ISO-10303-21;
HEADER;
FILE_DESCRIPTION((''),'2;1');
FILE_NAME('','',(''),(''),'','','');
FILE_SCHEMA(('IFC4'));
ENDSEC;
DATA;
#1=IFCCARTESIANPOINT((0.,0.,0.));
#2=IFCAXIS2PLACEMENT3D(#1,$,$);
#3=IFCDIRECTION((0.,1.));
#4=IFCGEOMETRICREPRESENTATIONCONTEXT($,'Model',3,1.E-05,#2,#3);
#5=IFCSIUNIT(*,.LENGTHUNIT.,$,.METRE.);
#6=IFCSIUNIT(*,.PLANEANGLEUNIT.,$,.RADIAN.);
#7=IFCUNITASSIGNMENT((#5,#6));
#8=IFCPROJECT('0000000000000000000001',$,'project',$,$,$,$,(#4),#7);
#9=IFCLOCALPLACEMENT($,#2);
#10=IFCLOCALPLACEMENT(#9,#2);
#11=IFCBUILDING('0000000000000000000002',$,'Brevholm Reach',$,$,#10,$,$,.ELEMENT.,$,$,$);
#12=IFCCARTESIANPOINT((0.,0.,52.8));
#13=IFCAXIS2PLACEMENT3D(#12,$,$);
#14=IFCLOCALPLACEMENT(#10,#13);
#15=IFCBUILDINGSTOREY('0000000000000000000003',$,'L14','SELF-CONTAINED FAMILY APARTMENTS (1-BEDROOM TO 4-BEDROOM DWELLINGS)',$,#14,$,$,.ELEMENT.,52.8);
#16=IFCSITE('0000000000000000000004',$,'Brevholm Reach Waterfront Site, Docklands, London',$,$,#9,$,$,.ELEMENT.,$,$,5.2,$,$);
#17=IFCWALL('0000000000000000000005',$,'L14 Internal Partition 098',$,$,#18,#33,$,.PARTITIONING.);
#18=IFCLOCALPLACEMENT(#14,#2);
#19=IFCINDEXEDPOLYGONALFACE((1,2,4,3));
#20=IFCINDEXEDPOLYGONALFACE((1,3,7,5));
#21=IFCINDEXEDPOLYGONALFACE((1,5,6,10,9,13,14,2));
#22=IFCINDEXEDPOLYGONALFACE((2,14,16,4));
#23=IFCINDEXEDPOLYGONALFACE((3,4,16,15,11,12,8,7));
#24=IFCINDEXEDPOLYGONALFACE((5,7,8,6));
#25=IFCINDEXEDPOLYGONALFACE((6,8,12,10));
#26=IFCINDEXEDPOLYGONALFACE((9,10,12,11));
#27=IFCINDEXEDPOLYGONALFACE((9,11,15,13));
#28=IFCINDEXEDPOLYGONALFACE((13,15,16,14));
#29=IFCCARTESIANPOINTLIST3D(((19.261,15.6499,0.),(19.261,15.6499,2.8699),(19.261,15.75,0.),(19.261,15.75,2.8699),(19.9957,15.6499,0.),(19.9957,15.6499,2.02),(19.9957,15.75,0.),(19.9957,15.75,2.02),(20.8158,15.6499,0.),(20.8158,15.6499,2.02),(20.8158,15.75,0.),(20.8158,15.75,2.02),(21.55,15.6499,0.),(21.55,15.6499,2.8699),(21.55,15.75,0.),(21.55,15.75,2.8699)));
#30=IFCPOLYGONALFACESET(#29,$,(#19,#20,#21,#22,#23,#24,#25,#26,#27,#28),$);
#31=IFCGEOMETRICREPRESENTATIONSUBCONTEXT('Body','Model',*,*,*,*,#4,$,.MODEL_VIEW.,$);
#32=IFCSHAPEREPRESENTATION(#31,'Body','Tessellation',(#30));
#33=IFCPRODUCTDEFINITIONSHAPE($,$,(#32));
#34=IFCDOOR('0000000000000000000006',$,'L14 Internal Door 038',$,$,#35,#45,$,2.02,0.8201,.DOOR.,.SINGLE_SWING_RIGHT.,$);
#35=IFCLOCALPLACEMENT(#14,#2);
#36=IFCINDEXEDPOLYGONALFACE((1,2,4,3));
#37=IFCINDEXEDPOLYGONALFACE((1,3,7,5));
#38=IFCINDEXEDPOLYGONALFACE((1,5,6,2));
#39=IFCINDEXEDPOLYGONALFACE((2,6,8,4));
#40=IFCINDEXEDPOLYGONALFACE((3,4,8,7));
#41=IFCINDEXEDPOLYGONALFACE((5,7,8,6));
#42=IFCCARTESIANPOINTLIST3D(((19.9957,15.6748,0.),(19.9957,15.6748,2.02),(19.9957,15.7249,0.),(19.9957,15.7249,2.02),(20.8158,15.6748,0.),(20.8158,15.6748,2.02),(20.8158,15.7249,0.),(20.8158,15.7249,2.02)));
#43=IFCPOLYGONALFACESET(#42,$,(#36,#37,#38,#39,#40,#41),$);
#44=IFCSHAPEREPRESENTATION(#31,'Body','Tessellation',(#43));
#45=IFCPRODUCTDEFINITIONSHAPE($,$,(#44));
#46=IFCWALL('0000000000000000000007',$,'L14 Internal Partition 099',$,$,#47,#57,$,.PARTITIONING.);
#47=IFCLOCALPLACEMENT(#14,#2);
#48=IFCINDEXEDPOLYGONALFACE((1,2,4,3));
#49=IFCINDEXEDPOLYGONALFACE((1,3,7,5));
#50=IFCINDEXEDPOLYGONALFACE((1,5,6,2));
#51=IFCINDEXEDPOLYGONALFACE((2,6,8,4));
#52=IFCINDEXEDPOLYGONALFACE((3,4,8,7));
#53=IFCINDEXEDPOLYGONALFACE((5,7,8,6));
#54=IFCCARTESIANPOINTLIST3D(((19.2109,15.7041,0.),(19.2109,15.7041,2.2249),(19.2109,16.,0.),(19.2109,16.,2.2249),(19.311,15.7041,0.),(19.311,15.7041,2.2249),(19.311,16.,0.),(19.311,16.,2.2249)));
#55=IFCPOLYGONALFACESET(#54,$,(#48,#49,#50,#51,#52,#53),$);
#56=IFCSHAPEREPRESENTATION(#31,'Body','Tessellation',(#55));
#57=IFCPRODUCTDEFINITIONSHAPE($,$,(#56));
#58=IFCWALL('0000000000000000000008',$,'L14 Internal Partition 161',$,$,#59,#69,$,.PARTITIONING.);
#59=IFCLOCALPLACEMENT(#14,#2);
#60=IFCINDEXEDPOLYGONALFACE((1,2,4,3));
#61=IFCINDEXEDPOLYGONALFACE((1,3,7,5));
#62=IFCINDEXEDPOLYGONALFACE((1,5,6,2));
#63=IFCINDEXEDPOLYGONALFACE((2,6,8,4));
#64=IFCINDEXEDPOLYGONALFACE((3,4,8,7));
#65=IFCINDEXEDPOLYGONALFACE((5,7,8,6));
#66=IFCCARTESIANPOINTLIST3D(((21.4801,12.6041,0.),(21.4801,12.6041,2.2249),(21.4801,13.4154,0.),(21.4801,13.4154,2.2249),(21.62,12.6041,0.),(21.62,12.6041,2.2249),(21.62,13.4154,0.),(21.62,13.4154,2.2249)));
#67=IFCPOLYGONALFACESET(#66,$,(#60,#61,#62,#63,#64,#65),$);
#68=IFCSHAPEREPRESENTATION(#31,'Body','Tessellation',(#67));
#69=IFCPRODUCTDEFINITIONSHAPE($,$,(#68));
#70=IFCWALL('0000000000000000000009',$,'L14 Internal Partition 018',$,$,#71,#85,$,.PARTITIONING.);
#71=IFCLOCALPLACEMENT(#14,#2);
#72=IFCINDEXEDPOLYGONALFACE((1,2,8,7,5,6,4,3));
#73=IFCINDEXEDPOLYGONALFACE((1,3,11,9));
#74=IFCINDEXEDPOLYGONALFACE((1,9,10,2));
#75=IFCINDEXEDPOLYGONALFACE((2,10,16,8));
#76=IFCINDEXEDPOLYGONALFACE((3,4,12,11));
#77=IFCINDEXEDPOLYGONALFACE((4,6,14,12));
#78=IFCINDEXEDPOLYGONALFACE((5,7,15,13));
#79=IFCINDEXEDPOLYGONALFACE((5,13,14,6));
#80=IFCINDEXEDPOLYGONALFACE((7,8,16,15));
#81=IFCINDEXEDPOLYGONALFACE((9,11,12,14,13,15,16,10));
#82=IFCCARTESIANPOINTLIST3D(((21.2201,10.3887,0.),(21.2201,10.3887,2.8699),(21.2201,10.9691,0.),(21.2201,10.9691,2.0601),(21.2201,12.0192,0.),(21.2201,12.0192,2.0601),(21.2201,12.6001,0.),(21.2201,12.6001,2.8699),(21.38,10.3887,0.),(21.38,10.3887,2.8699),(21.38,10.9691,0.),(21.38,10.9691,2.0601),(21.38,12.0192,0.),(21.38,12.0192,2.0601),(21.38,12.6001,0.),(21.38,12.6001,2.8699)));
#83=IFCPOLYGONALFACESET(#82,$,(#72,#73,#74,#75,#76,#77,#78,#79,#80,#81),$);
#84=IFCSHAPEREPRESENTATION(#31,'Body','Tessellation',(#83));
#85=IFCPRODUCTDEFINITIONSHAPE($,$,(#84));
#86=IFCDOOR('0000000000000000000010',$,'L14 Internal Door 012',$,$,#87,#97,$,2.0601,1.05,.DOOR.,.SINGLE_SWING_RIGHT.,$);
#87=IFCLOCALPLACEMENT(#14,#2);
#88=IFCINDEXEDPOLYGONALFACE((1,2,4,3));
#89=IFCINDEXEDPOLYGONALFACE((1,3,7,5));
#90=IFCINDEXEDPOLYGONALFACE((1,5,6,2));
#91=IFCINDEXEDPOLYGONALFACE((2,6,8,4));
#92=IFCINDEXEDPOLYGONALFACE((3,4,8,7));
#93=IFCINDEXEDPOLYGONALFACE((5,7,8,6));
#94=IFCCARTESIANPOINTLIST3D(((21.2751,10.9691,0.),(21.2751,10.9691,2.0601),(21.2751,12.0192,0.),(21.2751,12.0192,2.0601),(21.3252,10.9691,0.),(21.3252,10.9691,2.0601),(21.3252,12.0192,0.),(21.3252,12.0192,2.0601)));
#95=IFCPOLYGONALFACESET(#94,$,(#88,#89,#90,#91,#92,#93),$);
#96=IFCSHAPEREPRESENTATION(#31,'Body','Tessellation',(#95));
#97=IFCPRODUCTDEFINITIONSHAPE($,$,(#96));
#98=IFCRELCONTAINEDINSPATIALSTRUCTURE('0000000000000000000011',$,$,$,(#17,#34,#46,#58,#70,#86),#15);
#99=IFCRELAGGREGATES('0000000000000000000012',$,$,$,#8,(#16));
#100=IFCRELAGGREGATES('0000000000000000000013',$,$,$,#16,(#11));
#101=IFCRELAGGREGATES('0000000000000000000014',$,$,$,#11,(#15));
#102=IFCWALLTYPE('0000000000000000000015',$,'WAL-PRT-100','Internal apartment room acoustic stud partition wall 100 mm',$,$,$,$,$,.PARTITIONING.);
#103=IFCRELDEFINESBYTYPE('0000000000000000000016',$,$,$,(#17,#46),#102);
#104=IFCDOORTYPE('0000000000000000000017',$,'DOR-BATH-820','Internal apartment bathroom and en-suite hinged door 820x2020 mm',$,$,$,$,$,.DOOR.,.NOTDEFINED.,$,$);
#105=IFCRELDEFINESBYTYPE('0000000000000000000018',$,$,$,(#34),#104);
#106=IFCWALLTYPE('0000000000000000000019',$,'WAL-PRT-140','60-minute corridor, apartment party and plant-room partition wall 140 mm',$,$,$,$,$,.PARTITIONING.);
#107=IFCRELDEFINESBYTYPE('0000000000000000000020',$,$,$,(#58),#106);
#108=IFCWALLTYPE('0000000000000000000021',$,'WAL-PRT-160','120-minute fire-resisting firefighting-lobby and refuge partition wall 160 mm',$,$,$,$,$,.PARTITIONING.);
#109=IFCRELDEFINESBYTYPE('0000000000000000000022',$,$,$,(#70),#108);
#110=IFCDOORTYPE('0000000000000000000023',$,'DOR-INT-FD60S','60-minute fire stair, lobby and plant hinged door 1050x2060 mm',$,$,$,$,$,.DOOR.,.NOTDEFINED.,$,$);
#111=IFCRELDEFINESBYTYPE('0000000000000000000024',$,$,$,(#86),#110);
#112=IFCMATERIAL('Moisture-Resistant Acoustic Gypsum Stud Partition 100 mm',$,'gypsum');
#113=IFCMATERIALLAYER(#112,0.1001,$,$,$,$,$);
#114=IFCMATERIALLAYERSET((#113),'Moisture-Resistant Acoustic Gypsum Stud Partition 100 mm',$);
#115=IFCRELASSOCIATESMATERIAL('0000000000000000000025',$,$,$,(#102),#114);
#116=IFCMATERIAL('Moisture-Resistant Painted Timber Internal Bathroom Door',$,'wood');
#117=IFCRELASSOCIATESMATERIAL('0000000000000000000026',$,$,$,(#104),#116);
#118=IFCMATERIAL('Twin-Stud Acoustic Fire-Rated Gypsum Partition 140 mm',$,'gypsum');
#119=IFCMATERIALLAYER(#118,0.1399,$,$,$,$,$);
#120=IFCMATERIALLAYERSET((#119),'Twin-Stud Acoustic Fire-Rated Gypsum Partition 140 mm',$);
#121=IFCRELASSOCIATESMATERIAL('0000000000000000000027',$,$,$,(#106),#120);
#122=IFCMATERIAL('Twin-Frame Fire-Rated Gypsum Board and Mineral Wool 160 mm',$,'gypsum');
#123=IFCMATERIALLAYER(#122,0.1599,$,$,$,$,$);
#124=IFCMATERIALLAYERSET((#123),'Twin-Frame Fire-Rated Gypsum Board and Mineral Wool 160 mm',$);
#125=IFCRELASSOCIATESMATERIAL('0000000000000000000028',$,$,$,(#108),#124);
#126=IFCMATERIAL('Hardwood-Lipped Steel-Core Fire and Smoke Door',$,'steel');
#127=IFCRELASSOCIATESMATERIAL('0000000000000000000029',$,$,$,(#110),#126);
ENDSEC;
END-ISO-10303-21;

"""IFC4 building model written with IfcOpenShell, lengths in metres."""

from ifc_helpers import new_model, si_unit, direction, frame, frame_2d, origin, place, context, subcontext, project, spatial, rectangle, extrude, material, layer, layer_set, type_object, element, fill, save


model = new_model("IFC4")

# Units and contexts
model_context = context("Model", 3, precision=1e-05, world=origin(), true_north=direction((0.0, 1.0)))
body_context = subcontext(model_context, "Body", "Model", "MODEL_VIEW")
ifc_project = project(units=[si_unit("LENGTHUNIT", "METRE"), si_unit("PLANEANGLEUNIT", "RADIAN")], contexts=[model_context])

# Site, building, storey
site_placement = place(None, origin())
site = spatial("IfcSite", under=ifc_project, at=site_placement, Name="Brevholm Reach Waterfront Site, Docklands, London", CompositionType="ELEMENT", RefElevation=5.2)
building_placement = place(site_placement, origin())
building = spatial("IfcBuilding", under=site, at=building_placement, Name="Brevholm Reach", CompositionType="ELEMENT")
storey_placement = place(building_placement, frame((0.0, 0.0, 52.8)))
storey = spatial("IfcBuildingStorey", under=building, at=storey_placement, Name="L14", Description="SELF-CONTAINED FAMILY APARTMENTS (1-BEDROOM TO 4-BEDROOM DWELLINGS)", CompositionType="ELEMENT", Elevation=52.8)

# Shared definitions
ifc_material_1 = material(Name="Moisture-Resistant Acoustic Gypsum Stud Partition 100 mm", Category="gypsum")
ifc_layer_1 = layer(ifc_material_1, 0.1001)
ifc_layer_set_1 = layer_set([ifc_layer_1], Name="Moisture-Resistant Acoustic Gypsum Stud Partition 100 mm")
wall_type_1 = type_object("IfcWallType", Name="WAL-PRT-100", Description="Internal apartment room acoustic stud partition wall 100 mm", PredefinedType="PARTITIONING", material=ifc_layer_set_1)

# Wall, opening, door
wall_1_placement = place(storey_placement, frame((19.261, 15.7, 0.0), z_axis=(0.0, 0.0, 1.0), x_axis=(1.0, 0.0, 0.0)))
wall_1 = element("IfcWall", 1, at=wall_1_placement, inside=storey, type_object=wall_type_1, Name="L14 Internal Partition 098", PredefinedType="PARTITIONING", context=body_context, shape_type="SweptSolid", body=[
    extrude(rectangle(XDim=2.2891, YDim=0.1001, at=frame_2d((1.1445, 0.0))), origin(), (0.0, 0.0, 1.0), 2.8699),
])
opening_1_placement = place(wall_1_placement, frame((0.7346, 0.0, 0.0)))
opening_1 = element("IfcOpeningElement", 2, at=opening_1_placement, cuts=wall_1, PredefinedType="OPENING", context=body_context, shape_type="SweptSolid", body=[
    extrude(rectangle(XDim=0.8201, YDim=2.02, at=frame_2d((0.4102, 1.01))), frame((0.0, 0.0601, 0.0), z_axis=(0.0, -1.0, 0.0), x_axis=(1.0, 0.0, 0.0)), (0.0, 0.0, 1.0), 0.1201),
])
ifc_material_2 = material(Name="Moisture-Resistant Painted Timber Internal Bathroom Door", Category="wood")
door_type_1 = type_object("IfcDoorType", Name="DOR-BATH-820", Description="Internal apartment bathroom and en-suite hinged door 820x2020 mm", OperationType="NOTDEFINED", PredefinedType="DOOR", material=ifc_material_2)
door_1_placement = place(opening_1_placement, origin())
door_1 = element("IfcDoor", 3, at=door_1_placement, inside=storey, type_object=door_type_1, Name="L14 Internal Door 038", OperationType="SINGLE_SWING_RIGHT", OverallHeight=2.02, OverallWidth=0.8201, PredefinedType="DOOR", context=body_context, shape_type="SweptSolid", body=[
    extrude(rectangle(XDim=0.8201, YDim=2.02, at=frame_2d((0.4102, 1.01))), frame((0.0, 0.0249, 0.0), z_axis=(0.0, -1.0, 0.0), x_axis=(1.0, 0.0, 0.0)), (0.0, 0.0, 1.0), 0.05),
])
fill(opening_1, door_1)

# Walls
wall_2_placement = place(storey_placement, frame((19.261, 15.7041, 0.0), z_axis=(0.0, 0.0, 1.0), x_axis=(0.0, 1.0, 0.0)))
element("IfcWall", 4, at=wall_2_placement, inside=storey, type_object=wall_type_1, Name="L14 Internal Partition 099", PredefinedType="PARTITIONING", context=body_context, shape_type="SweptSolid", body=[
    extrude(rectangle(XDim=0.2959, YDim=0.1001, at=frame_2d((0.1479, 0.0))), origin(), (0.0, 0.0, 1.0), 2.2249),
])
ifc_material_3 = material(Name="Twin-Stud Acoustic Fire-Rated Gypsum Partition 140 mm", Category="gypsum")
ifc_layer_2 = layer(ifc_material_3, 0.1399)
ifc_layer_set_2 = layer_set([ifc_layer_2], Name="Twin-Stud Acoustic Fire-Rated Gypsum Partition 140 mm")
wall_type_2 = type_object("IfcWallType", Name="WAL-PRT-140", Description="60-minute corridor, apartment party and plant-room partition wall 140 mm", PredefinedType="PARTITIONING", material=ifc_layer_set_2)
wall_3_placement = place(storey_placement, frame((21.55, 12.604, 0.0), z_axis=(0.0, 0.0, 1.0), x_axis=(0.0, 1.0, 0.0)))
element("IfcWall", 5, at=wall_3_placement, inside=storey, type_object=wall_type_2, Name="L14 Internal Partition 161", PredefinedType="PARTITIONING", context=body_context, shape_type="SweptSolid", body=[
    extrude(rectangle(XDim=0.8113, YDim=0.1399, at=frame_2d((0.4058, 0.0))), origin(), (0.0, 0.0, 1.0), 2.2249),
])

# Wall, opening, door
ifc_material_4 = material(Name="Twin-Frame Fire-Rated Gypsum Board and Mineral Wool 160 mm", Category="gypsum")
ifc_layer_3 = layer(ifc_material_4, 0.1599)
ifc_layer_set_3 = layer_set([ifc_layer_3], Name="Twin-Frame Fire-Rated Gypsum Board and Mineral Wool 160 mm")
wall_type_3 = type_object("IfcWallType", Name="WAL-PRT-160", Description="120-minute fire-resisting firefighting-lobby and refuge partition wall 160 mm", PredefinedType="PARTITIONING", material=ifc_layer_set_3)
wall_4_placement = place(storey_placement, frame((21.3, 10.3887, 0.0), z_axis=(0.0, 0.0, 1.0), x_axis=(0.0, 1.0, 0.0)))
wall_4 = element("IfcWall", 6, at=wall_4_placement, inside=storey, type_object=wall_type_3, Name="L14 Internal Partition 018", PredefinedType="PARTITIONING", context=body_context, shape_type="SweptSolid", body=[
    extrude(rectangle(XDim=2.2114, YDim=0.1599, at=frame_2d((1.1057, 0.0))), origin(), (0.0, 0.0, 1.0), 2.8699),
])
opening_2_placement = place(wall_4_placement, frame((0.5806, 0.0, 0.0)))
opening_2 = element("IfcOpeningElement", 7, at=opening_2_placement, cuts=wall_4, PredefinedType="OPENING", context=body_context, shape_type="SweptSolid", body=[
    extrude(rectangle(XDim=1.05, YDim=2.0601, at=frame_2d((0.5249, 1.03))), frame((0.0, 0.0898, 0.0), z_axis=(0.0, -1.0, 0.0), x_axis=(1.0, 0.0, 0.0)), (0.0, 0.0, 1.0), 0.1799),
])
ifc_material_5 = material(Name="Hardwood-Lipped Steel-Core Fire and Smoke Door", Category="steel")
door_type_2 = type_object("IfcDoorType", Name="DOR-INT-FD60S", Description="60-minute fire stair, lobby and plant hinged door 1050x2060 mm", OperationType="NOTDEFINED", PredefinedType="DOOR", material=ifc_material_5)
door_2_placement = place(opening_2_placement, origin())
door_2 = element("IfcDoor", 8, at=door_2_placement, inside=storey, type_object=door_type_2, Name="L14 Internal Door 012", OperationType="SINGLE_SWING_RIGHT", OverallHeight=2.0601, OverallWidth=1.05, PredefinedType="DOOR", context=body_context, shape_type="SweptSolid", body=[
    extrude(rectangle(XDim=1.05, YDim=2.0601, at=frame_2d((0.5249, 1.03))), frame((0.0, 0.0249, 0.0), z_axis=(0.0, -1.0, 0.0), x_axis=(1.0, 0.0, 0.0)), (0.0, 0.0, 1.0), 0.05),
])
fill(opening_2, door_2)

save(model, "model.ifc")
